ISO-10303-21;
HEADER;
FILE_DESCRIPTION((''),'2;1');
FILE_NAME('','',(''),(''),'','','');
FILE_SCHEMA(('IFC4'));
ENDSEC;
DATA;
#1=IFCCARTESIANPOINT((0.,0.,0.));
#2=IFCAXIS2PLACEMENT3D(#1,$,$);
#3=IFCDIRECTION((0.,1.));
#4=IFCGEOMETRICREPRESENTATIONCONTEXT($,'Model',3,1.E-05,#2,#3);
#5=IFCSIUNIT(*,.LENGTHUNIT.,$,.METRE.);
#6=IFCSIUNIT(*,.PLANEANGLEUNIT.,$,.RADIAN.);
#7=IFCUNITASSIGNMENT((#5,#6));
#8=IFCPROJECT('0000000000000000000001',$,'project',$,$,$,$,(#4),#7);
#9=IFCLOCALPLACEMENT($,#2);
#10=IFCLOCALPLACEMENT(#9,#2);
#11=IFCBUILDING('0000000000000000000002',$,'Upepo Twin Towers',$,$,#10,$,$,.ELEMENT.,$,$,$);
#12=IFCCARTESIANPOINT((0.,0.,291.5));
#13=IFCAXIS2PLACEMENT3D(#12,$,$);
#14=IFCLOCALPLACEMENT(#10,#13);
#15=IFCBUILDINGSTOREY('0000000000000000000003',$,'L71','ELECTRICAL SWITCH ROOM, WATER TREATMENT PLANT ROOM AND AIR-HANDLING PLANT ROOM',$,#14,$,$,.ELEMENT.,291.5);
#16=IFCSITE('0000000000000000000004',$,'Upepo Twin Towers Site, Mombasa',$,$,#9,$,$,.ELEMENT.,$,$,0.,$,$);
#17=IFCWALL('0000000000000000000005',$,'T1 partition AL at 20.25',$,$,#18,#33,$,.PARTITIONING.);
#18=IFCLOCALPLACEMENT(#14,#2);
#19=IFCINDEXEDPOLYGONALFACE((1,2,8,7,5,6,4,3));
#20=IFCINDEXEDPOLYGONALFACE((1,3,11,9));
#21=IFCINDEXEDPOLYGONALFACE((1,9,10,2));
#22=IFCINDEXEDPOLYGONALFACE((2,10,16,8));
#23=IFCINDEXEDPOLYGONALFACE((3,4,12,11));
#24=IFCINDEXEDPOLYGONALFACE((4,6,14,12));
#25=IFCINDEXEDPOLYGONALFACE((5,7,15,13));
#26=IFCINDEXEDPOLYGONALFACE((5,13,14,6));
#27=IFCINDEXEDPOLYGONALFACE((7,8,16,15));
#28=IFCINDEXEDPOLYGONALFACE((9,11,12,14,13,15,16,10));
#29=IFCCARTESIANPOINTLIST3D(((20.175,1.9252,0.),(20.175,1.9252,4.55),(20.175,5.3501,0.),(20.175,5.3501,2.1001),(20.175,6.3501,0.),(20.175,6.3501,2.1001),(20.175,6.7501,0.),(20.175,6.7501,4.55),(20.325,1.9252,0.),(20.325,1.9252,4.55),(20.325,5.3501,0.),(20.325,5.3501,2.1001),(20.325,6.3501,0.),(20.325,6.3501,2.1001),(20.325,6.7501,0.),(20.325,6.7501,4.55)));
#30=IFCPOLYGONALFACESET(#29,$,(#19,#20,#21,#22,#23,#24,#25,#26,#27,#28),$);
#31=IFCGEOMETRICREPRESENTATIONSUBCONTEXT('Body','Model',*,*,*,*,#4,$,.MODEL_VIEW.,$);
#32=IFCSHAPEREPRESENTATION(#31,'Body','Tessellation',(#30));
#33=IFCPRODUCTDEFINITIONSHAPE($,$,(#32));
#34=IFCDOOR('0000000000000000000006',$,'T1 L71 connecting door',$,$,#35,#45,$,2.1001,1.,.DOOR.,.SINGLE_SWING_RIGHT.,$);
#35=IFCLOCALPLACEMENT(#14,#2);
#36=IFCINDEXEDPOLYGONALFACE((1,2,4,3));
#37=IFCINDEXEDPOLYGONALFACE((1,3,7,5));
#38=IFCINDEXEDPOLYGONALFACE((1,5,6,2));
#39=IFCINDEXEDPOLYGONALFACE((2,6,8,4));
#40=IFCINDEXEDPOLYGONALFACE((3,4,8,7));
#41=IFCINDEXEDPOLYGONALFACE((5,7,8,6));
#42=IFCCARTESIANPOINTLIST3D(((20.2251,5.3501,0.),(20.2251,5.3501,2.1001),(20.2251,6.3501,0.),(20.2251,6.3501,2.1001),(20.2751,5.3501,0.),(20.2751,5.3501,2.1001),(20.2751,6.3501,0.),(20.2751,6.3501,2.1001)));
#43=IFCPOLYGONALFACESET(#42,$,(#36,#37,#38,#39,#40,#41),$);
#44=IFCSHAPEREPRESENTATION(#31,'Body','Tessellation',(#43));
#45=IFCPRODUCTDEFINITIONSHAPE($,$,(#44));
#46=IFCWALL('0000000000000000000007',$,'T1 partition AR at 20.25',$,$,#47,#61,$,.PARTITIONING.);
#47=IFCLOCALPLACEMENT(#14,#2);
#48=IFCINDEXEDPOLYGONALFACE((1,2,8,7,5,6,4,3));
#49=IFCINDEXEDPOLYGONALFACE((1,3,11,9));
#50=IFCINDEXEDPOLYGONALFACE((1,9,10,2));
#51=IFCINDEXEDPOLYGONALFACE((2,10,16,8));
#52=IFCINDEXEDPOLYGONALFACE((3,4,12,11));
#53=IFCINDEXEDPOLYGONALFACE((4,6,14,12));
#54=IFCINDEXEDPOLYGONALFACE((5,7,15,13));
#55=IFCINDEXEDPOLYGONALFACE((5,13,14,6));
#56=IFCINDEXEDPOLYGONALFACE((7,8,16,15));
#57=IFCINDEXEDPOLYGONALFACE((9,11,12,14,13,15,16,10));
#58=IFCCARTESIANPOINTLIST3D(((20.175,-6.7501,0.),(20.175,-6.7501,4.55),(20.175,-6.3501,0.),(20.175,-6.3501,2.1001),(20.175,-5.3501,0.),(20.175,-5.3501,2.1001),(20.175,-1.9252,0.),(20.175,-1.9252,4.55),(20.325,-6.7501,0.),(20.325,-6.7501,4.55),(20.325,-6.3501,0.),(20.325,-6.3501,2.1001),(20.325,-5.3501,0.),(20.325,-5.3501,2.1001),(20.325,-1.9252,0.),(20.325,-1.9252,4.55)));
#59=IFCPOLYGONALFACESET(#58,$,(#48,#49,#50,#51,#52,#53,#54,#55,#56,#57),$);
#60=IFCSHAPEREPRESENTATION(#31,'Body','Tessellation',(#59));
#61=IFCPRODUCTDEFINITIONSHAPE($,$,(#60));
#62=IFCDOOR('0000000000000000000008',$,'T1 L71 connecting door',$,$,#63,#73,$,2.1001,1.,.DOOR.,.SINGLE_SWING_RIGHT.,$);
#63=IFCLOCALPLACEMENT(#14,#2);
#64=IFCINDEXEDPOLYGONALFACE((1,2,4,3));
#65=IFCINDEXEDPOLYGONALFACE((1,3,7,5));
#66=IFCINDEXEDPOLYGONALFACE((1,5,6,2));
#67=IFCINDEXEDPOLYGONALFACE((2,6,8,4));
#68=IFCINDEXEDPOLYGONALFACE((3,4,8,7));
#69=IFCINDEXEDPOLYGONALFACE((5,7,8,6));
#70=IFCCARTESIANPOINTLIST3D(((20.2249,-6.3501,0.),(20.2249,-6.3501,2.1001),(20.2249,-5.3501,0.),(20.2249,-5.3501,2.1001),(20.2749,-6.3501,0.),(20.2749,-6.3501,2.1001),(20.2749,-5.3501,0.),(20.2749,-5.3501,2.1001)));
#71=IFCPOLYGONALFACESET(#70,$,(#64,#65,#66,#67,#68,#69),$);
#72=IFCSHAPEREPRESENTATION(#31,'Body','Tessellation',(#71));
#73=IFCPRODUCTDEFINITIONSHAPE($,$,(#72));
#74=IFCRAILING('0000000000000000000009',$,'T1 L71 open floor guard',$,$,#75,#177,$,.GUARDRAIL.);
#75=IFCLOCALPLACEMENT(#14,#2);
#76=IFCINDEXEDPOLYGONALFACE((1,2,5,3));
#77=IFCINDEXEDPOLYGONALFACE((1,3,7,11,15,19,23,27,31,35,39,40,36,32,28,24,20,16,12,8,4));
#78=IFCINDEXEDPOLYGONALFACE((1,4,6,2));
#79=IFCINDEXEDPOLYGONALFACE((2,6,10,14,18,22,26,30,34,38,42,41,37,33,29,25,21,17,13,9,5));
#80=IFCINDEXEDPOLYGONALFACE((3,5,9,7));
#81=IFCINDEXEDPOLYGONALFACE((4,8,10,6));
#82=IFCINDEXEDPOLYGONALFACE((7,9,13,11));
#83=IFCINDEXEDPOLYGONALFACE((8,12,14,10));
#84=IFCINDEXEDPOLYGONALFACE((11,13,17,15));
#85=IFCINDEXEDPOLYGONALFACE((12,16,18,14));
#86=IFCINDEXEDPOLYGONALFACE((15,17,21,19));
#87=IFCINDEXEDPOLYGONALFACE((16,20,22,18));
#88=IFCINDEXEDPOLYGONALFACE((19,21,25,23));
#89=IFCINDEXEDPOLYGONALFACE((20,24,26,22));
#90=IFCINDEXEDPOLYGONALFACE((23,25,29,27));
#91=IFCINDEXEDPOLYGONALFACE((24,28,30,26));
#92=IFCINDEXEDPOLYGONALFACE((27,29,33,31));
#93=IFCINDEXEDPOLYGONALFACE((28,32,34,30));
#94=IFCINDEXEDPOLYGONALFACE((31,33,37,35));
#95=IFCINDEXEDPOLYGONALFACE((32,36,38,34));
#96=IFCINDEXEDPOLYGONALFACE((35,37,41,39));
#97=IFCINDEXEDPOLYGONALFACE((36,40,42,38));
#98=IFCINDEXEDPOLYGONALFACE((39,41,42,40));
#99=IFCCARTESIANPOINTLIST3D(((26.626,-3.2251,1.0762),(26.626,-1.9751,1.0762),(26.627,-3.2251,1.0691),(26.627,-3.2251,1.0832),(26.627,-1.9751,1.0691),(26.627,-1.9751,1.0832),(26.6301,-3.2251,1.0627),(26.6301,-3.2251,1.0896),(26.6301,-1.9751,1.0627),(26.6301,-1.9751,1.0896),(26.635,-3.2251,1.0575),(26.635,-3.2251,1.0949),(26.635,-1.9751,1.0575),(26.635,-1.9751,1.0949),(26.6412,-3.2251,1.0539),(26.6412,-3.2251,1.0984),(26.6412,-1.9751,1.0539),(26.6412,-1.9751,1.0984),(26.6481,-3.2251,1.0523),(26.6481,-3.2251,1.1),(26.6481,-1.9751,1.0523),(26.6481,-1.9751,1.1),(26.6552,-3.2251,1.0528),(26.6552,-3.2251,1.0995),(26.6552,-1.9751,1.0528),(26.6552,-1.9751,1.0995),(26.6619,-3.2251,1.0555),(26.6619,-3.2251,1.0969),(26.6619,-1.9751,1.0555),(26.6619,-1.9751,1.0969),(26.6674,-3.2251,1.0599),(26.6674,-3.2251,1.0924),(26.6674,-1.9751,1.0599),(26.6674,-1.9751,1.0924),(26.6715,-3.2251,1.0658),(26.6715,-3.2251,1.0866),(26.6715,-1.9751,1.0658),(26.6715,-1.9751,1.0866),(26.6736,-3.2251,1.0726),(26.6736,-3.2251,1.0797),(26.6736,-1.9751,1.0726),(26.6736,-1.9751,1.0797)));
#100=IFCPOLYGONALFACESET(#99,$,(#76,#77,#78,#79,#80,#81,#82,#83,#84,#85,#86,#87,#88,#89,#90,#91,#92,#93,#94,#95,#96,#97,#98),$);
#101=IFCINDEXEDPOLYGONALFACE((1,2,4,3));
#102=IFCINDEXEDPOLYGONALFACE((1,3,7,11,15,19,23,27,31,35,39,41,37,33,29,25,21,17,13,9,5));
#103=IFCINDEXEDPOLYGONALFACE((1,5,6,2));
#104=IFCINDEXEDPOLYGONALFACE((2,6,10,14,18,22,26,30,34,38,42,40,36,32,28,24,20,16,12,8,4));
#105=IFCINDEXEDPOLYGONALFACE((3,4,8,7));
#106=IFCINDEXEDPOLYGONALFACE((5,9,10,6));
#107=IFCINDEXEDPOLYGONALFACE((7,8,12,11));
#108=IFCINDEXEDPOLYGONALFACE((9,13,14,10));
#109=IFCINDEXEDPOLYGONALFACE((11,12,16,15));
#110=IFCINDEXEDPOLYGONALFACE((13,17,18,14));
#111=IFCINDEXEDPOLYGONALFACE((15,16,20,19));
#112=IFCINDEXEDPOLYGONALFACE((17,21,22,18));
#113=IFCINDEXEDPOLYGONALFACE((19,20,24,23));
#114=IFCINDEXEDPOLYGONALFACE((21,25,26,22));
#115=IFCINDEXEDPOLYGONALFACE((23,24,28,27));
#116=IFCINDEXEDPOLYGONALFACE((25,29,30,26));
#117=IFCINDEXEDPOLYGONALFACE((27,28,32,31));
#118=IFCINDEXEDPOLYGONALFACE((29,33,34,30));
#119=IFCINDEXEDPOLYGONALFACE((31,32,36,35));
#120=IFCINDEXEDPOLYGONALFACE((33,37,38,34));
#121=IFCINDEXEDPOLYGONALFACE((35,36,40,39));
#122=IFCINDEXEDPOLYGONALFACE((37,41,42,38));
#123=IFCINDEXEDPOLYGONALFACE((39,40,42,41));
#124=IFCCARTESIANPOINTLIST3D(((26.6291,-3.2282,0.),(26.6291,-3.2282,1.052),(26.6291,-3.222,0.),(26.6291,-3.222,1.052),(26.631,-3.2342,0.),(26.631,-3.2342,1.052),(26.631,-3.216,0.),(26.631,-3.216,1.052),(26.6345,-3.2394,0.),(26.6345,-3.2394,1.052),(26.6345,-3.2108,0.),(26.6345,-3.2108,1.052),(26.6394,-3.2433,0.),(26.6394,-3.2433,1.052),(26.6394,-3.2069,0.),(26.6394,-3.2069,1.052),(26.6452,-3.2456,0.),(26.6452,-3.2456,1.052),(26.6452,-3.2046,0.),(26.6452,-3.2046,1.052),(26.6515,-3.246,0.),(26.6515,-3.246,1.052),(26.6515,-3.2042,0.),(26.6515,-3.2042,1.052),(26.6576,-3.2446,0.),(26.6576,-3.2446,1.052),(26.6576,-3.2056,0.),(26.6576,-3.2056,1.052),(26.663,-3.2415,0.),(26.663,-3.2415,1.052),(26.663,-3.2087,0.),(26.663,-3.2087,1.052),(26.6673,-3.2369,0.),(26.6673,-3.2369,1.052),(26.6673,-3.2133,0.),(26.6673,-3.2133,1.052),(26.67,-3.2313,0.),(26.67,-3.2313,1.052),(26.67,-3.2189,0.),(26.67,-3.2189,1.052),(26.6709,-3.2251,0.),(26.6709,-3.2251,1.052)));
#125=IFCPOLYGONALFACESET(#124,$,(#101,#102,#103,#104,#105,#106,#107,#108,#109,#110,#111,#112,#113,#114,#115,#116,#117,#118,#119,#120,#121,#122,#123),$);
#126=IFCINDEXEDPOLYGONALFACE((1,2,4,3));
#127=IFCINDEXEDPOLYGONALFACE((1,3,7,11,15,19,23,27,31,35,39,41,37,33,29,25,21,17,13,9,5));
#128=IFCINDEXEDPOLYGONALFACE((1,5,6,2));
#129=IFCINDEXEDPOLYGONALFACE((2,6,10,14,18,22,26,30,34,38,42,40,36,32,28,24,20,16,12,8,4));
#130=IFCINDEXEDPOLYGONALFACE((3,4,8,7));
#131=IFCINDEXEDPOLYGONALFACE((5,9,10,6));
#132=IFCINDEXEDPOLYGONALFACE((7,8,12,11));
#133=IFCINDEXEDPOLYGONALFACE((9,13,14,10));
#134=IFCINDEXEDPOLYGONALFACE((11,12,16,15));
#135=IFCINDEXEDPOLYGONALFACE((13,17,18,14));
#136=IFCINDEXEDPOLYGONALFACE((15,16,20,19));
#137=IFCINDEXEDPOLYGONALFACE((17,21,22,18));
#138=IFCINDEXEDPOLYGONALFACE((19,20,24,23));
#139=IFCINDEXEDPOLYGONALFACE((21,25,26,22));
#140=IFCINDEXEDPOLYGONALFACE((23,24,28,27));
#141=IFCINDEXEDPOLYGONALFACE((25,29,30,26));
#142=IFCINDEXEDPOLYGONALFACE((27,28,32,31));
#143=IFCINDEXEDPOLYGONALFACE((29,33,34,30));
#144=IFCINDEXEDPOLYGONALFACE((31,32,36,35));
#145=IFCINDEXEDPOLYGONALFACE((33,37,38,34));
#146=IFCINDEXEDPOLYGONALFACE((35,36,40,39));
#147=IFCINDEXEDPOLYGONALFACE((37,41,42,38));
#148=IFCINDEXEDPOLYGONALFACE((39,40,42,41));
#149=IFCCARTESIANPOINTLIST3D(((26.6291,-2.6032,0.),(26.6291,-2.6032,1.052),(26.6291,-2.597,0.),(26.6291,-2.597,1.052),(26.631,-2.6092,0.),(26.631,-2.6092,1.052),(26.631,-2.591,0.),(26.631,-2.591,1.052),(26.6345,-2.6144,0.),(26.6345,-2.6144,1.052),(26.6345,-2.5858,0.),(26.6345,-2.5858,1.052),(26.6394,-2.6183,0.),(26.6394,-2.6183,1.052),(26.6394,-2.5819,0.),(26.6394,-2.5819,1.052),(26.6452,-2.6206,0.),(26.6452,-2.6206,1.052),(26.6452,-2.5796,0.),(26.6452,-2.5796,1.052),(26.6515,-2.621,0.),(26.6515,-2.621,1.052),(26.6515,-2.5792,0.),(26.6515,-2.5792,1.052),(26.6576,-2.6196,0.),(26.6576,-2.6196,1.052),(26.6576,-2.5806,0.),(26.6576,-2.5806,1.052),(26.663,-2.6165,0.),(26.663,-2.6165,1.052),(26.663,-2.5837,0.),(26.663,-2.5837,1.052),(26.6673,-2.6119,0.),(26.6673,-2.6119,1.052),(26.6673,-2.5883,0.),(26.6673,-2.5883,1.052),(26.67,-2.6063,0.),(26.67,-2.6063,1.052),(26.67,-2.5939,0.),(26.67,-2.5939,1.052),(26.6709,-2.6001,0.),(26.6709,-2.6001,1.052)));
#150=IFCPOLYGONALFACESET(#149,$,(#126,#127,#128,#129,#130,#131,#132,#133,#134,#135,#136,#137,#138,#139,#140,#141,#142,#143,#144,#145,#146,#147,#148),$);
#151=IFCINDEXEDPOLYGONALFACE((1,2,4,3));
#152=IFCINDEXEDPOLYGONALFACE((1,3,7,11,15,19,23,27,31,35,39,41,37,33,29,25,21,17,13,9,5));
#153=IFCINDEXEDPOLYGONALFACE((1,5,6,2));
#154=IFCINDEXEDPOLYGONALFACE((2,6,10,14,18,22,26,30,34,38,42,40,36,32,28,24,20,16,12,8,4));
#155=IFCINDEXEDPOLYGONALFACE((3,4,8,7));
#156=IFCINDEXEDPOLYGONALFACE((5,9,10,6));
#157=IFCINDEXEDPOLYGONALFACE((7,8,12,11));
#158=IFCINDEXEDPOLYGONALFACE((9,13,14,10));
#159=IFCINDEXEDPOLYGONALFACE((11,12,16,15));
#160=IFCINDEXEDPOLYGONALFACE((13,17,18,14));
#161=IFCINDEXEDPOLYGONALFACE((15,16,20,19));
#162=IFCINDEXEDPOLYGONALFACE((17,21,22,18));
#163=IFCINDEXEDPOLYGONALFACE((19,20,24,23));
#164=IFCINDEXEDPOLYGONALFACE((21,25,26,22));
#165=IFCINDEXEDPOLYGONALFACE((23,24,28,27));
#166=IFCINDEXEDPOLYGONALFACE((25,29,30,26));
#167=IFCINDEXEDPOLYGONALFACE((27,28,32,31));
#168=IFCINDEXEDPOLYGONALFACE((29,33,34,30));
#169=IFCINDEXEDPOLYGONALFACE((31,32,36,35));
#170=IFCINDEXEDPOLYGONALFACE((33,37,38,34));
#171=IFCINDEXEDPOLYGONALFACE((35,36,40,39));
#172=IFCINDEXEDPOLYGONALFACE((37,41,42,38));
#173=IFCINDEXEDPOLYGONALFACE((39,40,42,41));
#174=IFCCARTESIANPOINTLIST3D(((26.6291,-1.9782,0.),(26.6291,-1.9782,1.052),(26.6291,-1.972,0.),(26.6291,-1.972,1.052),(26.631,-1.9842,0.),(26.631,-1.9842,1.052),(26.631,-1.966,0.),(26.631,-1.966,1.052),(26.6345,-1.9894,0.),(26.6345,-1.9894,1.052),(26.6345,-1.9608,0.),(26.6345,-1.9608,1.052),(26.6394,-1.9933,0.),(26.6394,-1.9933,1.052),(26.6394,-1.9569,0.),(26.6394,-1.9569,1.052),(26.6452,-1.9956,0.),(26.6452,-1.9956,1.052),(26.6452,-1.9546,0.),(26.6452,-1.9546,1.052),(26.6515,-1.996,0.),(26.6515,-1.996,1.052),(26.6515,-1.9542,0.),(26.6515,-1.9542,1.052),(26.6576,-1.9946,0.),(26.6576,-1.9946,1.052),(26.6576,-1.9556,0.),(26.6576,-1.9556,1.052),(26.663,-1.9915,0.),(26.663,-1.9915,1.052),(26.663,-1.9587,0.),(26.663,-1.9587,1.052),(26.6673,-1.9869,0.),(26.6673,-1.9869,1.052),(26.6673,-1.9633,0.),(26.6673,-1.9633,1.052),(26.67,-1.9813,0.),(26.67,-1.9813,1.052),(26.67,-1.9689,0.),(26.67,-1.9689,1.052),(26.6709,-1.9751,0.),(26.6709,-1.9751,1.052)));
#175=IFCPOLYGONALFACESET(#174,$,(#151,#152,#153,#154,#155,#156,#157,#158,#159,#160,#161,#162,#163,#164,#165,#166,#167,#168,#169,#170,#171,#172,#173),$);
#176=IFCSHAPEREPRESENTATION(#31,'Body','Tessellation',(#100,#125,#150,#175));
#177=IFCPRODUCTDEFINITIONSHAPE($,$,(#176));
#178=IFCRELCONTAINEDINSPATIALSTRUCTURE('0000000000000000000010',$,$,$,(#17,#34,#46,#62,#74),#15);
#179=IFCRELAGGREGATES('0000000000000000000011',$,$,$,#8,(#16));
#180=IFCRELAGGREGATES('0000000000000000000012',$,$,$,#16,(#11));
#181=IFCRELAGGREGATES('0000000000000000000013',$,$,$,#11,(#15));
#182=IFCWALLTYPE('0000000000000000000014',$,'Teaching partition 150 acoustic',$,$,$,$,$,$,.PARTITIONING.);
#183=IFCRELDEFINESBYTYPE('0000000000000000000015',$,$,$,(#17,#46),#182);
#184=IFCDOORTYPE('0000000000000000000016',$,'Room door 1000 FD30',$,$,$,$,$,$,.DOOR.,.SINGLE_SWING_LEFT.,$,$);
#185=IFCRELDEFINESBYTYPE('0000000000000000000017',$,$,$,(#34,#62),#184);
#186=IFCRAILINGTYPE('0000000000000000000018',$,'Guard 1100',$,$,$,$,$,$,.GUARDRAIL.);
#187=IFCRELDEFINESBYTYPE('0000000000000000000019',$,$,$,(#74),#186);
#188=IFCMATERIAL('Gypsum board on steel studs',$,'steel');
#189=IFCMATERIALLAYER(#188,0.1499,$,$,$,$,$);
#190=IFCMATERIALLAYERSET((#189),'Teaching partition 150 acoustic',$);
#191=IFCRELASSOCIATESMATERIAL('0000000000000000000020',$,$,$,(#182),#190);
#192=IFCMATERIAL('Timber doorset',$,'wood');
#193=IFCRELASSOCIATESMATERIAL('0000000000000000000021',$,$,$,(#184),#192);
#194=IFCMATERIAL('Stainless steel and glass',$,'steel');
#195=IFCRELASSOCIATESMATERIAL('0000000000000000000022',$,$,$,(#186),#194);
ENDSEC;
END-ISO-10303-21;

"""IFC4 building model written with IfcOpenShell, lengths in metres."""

from ifc_helpers import new_model, si_unit, direction, frame, frame_2d, origin, origin_2d, place, context, subcontext, project, spatial, rectangle, circle, extrude, material, layer, layer_set, type_object, element, fill, save


model = new_model("IFC4")

# Units and contexts
model_context = context("Model", 3, precision=1e-05, world=origin(), true_north=direction((0.0, 1.0)))
body_context = subcontext(model_context, "Body", "Model", "MODEL_VIEW")
ifc_project = project(units=[si_unit("LENGTHUNIT", "METRE"), si_unit("PLANEANGLEUNIT", "RADIAN")], contexts=[model_context])

# Site, building, storey
site_placement = place(None, origin())
site = spatial("IfcSite", under=ifc_project, at=site_placement, Name="Upepo Twin Towers Site, Mombasa", CompositionType="ELEMENT", RefElevation=0.0)
building_placement = place(site_placement, origin())
building = spatial("IfcBuilding", under=site, at=building_placement, Name="Upepo Twin Towers", CompositionType="ELEMENT")
storey_placement = place(building_placement, frame((0.0, 0.0, 291.5)))
storey = spatial("IfcBuildingStorey", under=building, at=storey_placement, Name="L71", Description="ELECTRICAL SWITCH ROOM, WATER TREATMENT PLANT ROOM AND AIR-HANDLING PLANT ROOM", CompositionType="ELEMENT", Elevation=291.5)

# Walls, openings, doors
ifc_material_1 = material(Name="Gypsum board on steel studs", Category="steel")
ifc_layer_1 = layer(ifc_material_1, 0.1499)
ifc_layer_set_1 = layer_set([ifc_layer_1], Name="Teaching partition 150 acoustic")
wall_type_1 = type_object("IfcWallType", Name="Teaching partition 150 acoustic", PredefinedType="PARTITIONING", material=ifc_layer_set_1)
wall_1_placement = place(storey_placement, frame((20.25, 1.925, 0.0), z_axis=(0.0, 0.0, 1.0), x_axis=(0.0, 1.0, 0.0)))
wall_1 = element("IfcWall", 1, at=wall_1_placement, inside=storey, type_object=wall_type_1, Name="T1 partition AL at 20.25", PredefinedType="PARTITIONING", context=body_context, shape_type="SweptSolid", body=[
    extrude(rectangle(XDim=4.825, YDim=0.1499, at=frame_2d((2.4126, 0.0))), origin(), (0.0, 0.0, 1.0), 4.55),
])
opening_1_placement = place(wall_1_placement, frame((3.425, 0.0, 0.0)))
opening_1 = element("IfcOpeningElement", 2, at=opening_1_placement, cuts=wall_1, PredefinedType="OPENING", context=body_context, shape_type="SweptSolid", body=[
    extrude(rectangle(XDim=1.0, YDim=2.1001, at=frame_2d((0.5, 1.05))), frame((0.0, 0.085, 0.0), z_axis=(0.0, -1.0, 0.0), x_axis=(1.0, 0.0, 0.0)), (0.0, 0.0, 1.0), 0.1699),
])
ifc_material_2 = material(Name="Timber doorset", Category="wood")
door_type = type_object("IfcDoorType", Name="Room door 1000 FD30", OperationType="SINGLE_SWING_LEFT", PredefinedType="DOOR", material=ifc_material_2)
door_1_placement = place(opening_1_placement, origin())
door_1 = element("IfcDoor", 3, at=door_1_placement, inside=storey, type_object=door_type, Name="T1 L71 connecting door", OperationType="SINGLE_SWING_RIGHT", OverallHeight=2.1001, OverallWidth=1.0, PredefinedType="DOOR", context=body_context, shape_type="SweptSolid", body=[
    extrude(rectangle(XDim=1.0, YDim=2.1001, at=frame_2d((0.5, 1.05))), frame((0.0, 0.0249, 0.0), z_axis=(0.0, -1.0, 0.0), x_axis=(1.0, 0.0, 0.0)), (0.0, 0.0, 1.0), 0.05),
])
fill(opening_1, door_1)
wall_2_placement = place(storey_placement, frame((20.25, -1.925, 0.0), z_axis=(0.0, 0.0, 1.0), x_axis=(0.0, -1.0, 0.0)))
wall_2 = element("IfcWall", 4, at=wall_2_placement, inside=storey, type_object=wall_type_1, Name="T1 partition AR at 20.25", PredefinedType="PARTITIONING", context=body_context, shape_type="SweptSolid", body=[
    extrude(rectangle(XDim=4.825, YDim=0.1499, at=frame_2d((2.4126, 0.0))), origin(), (0.0, 0.0, 1.0), 4.55),
])
opening_2_placement = place(wall_2_placement, frame((3.425, 0.0, 0.0)))
opening_2 = element("IfcOpeningElement", 5, at=opening_2_placement, cuts=wall_2, PredefinedType="OPENING", context=body_context, shape_type="SweptSolid", body=[
    extrude(rectangle(XDim=1.0, YDim=2.1001, at=frame_2d((0.5, 1.05))), frame((0.0, 0.085, 0.0), z_axis=(0.0, -1.0, 0.0), x_axis=(1.0, 0.0, 0.0)), (0.0, 0.0, 1.0), 0.1699),
])
door_2_placement = place(opening_2_placement, origin())
door_2 = element("IfcDoor", 6, at=door_2_placement, inside=storey, type_object=door_type, Name="T1 L71 connecting door", OperationType="SINGLE_SWING_RIGHT", OverallHeight=2.1001, OverallWidth=1.0, PredefinedType="DOOR", context=body_context, shape_type="SweptSolid", body=[
    extrude(rectangle(XDim=1.0, YDim=2.1001, at=frame_2d((0.5, 1.05))), frame((0.0, 0.0249, 0.0), z_axis=(0.0, -1.0, 0.0), x_axis=(1.0, 0.0, 0.0)), (0.0, 0.0, 1.0), 0.05),
])
fill(opening_2, door_2)

# Railing
ifc_material_3 = material(Name="Stainless steel and glass", Category="steel")
railing_type = type_object("IfcRailingType", Name="Guard 1100", PredefinedType="GUARDRAIL", material=ifc_material_3)
for number, where, name in (
    (7, (26.6499, -3.2251, 0.0), "T1 L71 open floor guard"),
):
    element("IfcRailing", number, at=place(storey_placement, frame(where)), inside=storey, type_object=railing_type, Name=name, PredefinedType="GUARDRAIL", context=body_context, shape_type="SweptSolid", body=[
        extrude(circle(Radius=0.0239, at=origin_2d()), frame((0.0, 0.0, 1.0762), z_axis=(0.0, 1.0, 0.0), x_axis=(-1.0, 0.0, 0.0)), (0.0, 0.0, 1.0), 1.25),
        extrude(circle(Radius=0.021, at=origin_2d()), origin(), (0.0, 0.0, 1.0), 1.052),
        extrude(circle(Radius=0.021, at=origin_2d()), frame((0.0, 0.625, 0.0)), (0.0, 0.0, 1.0), 1.052),
        extrude(circle(Radius=0.021, at=origin_2d()), frame((0.0, 1.25, 0.0)), (0.0, 0.0, 1.0), 1.052),
    ])

save(model, "model.ifc")
